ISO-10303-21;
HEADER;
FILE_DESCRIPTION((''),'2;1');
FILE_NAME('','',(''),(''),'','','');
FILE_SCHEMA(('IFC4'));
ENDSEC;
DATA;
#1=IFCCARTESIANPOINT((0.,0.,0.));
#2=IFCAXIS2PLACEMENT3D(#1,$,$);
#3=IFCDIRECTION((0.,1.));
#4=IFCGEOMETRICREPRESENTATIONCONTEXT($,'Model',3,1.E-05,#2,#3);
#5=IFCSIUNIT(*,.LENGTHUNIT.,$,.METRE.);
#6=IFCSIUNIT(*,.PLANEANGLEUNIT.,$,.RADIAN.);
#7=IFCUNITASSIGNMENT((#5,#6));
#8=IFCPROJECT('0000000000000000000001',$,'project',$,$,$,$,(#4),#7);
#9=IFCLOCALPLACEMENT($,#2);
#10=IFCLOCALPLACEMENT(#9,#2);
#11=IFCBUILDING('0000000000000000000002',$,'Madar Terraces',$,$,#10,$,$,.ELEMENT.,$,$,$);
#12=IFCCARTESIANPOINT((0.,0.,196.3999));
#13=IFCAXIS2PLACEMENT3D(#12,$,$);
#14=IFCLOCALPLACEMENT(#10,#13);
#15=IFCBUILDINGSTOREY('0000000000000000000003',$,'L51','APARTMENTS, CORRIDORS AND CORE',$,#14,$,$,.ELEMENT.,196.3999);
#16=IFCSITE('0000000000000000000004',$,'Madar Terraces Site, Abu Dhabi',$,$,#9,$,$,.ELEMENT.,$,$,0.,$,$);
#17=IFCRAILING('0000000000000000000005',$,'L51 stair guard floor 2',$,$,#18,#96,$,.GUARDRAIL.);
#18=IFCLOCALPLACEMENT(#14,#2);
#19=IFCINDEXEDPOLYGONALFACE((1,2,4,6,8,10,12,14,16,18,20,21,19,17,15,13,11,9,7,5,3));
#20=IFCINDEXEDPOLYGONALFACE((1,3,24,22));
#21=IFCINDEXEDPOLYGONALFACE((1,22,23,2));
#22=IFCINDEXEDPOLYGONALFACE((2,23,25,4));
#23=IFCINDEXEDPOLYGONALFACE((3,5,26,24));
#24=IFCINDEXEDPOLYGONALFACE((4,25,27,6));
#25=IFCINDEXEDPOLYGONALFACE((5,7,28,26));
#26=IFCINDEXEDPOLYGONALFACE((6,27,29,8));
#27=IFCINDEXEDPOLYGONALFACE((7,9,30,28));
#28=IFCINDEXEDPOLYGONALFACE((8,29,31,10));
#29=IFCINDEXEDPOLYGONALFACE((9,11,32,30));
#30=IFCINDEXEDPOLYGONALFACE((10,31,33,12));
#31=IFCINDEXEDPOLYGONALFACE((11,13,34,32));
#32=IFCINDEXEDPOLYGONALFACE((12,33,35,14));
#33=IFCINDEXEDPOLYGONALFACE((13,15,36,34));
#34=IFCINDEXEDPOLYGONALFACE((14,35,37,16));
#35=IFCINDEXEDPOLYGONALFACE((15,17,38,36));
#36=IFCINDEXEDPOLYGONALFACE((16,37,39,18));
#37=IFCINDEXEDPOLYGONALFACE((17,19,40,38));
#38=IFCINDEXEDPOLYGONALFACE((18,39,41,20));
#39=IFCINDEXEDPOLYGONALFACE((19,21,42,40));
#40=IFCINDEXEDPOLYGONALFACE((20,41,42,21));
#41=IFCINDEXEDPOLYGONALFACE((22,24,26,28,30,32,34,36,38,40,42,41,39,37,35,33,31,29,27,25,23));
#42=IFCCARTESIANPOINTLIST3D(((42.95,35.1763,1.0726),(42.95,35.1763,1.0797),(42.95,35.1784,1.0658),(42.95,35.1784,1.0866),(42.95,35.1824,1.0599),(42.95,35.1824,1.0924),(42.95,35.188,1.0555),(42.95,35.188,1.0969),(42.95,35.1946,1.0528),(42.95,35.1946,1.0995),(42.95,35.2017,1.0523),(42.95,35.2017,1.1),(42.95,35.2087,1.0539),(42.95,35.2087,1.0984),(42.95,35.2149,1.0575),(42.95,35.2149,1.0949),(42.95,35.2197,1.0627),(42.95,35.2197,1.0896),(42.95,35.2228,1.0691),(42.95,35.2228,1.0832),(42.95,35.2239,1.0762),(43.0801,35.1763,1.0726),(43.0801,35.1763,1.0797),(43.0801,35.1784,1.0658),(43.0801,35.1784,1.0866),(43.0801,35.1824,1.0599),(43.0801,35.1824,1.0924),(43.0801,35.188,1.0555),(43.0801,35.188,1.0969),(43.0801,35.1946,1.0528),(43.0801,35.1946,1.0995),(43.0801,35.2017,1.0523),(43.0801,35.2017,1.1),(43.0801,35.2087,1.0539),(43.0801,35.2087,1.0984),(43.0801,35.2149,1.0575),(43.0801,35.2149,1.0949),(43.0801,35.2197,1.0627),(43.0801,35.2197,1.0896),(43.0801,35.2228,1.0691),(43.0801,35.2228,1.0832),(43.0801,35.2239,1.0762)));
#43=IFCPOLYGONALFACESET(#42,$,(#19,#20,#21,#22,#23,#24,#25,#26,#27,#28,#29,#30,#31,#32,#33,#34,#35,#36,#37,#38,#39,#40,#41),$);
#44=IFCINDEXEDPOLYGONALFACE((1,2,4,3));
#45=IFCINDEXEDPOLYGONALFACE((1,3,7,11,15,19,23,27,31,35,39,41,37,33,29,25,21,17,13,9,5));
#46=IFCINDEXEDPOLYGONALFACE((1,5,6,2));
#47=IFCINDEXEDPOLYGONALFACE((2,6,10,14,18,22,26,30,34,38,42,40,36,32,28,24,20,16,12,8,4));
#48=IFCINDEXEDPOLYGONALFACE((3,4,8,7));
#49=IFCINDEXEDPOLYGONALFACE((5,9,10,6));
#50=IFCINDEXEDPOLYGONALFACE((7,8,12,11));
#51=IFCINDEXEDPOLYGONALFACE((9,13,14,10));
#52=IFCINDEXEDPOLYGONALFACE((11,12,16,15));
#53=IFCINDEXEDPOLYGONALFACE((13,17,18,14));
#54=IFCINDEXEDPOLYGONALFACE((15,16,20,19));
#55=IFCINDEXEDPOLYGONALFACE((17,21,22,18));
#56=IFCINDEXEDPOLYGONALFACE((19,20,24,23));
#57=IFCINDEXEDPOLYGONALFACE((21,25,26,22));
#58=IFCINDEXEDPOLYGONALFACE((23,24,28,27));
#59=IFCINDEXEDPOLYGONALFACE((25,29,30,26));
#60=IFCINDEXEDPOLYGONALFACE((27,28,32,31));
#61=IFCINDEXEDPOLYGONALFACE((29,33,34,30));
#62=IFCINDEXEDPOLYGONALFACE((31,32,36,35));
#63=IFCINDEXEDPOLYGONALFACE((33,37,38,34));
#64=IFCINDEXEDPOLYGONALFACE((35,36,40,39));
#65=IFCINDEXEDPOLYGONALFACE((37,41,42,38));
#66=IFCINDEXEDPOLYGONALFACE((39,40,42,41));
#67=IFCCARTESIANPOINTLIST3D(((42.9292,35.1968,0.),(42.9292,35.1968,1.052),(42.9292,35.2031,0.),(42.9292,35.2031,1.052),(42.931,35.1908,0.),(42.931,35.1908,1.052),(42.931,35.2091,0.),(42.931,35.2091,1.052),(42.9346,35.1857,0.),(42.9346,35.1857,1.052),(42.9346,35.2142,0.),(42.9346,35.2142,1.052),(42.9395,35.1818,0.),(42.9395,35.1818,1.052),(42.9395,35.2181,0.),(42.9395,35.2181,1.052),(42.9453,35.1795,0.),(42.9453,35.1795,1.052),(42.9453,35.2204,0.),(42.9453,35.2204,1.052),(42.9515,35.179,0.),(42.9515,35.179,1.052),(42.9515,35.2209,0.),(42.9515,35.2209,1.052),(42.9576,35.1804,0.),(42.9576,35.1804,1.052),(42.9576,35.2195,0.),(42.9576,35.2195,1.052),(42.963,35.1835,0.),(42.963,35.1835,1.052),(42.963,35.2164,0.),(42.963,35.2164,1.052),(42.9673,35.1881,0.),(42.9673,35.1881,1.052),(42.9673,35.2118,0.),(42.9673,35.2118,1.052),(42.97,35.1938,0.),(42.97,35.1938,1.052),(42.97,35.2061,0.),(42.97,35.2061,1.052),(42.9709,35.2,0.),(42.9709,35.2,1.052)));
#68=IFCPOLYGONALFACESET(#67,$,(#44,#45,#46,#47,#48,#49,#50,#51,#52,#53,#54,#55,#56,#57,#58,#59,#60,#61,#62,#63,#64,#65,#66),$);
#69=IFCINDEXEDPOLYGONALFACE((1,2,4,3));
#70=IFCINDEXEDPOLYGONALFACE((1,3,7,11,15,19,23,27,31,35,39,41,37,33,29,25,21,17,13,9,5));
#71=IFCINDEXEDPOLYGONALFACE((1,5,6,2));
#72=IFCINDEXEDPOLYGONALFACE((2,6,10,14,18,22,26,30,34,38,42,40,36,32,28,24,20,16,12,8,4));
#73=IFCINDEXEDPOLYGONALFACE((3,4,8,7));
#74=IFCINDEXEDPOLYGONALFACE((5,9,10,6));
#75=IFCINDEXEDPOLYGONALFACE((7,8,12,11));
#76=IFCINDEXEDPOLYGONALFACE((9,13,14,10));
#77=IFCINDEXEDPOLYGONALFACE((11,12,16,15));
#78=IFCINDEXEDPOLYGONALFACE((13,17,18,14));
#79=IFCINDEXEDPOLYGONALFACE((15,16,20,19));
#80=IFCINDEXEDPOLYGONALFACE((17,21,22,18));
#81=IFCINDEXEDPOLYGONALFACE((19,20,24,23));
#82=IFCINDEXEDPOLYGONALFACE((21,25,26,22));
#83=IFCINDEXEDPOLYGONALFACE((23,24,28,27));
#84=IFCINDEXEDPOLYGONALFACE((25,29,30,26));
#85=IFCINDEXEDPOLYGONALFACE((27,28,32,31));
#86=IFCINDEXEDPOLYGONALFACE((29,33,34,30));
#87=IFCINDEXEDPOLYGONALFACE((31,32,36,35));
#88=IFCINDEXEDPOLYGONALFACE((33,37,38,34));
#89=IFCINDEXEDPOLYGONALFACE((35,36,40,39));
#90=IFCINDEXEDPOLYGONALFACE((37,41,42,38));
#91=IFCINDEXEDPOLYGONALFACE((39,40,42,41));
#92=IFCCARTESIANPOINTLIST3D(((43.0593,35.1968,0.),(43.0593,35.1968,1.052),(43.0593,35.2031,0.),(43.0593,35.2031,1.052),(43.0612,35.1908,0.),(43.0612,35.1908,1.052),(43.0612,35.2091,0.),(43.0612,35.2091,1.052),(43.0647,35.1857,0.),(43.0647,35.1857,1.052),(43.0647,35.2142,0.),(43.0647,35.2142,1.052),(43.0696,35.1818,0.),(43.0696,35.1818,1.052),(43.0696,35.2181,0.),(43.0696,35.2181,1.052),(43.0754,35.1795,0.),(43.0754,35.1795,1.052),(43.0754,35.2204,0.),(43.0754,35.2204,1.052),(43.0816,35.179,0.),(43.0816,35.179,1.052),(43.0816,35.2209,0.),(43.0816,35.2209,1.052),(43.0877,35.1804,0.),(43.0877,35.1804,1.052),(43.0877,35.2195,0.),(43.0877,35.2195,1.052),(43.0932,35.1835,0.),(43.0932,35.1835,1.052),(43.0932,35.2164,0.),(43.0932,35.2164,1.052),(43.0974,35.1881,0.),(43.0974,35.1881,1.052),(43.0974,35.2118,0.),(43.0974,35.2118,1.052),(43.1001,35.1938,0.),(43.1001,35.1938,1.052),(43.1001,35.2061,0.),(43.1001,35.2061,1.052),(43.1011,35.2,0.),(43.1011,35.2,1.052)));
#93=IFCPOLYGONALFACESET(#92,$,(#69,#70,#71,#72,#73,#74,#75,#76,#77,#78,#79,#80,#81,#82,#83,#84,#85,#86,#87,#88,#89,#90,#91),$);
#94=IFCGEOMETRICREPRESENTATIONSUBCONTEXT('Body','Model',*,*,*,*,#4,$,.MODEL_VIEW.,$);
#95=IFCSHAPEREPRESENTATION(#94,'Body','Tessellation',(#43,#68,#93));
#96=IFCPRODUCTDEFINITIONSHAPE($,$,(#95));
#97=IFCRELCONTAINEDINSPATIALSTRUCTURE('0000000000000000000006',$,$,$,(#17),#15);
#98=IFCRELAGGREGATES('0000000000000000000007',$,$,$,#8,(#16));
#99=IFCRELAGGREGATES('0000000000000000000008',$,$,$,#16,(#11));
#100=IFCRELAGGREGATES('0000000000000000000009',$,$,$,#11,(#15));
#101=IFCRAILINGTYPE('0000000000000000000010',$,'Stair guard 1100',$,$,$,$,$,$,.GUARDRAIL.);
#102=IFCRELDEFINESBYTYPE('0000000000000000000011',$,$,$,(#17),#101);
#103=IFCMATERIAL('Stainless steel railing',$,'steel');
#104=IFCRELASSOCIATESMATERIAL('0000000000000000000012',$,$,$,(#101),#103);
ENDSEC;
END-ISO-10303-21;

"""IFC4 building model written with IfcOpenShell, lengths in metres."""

from ifc_helpers import new_model, si_unit, direction, frame, origin, origin_2d, place, context, subcontext, project, spatial, circle, extrude, material, type_object, element, save


model = new_model("IFC4")

# Units and contexts
model_context = context("Model", 3, precision=1e-05, world=origin(), true_north=direction((0.0, 1.0)))
body_context = subcontext(model_context, "Body", "Model", "MODEL_VIEW")
ifc_project = project(units=[si_unit("LENGTHUNIT", "METRE"), si_unit("PLANEANGLEUNIT", "RADIAN")], contexts=[model_context])

# Site, building, storey
site_placement = place(None, origin())
site = spatial("IfcSite", under=ifc_project, at=site_placement, Name="Madar Terraces Site, Abu Dhabi", CompositionType="ELEMENT", RefElevation=0.0)
building_placement = place(site_placement, origin())
building = spatial("IfcBuilding", under=site, at=building_placement, Name="Madar Terraces", CompositionType="ELEMENT")
storey_placement = place(building_placement, frame((0.0, 0.0, 196.3999)))
storey = spatial("IfcBuildingStorey", under=building, at=storey_placement, Name="L51", Description="APARTMENTS, CORRIDORS AND CORE", CompositionType="ELEMENT", Elevation=196.3999)

# Railing
ifc_material_1 = material(Name="Stainless steel railing", Category="steel")
railing_type_1 = type_object("IfcRailingType", Name="Stair guard 1100", PredefinedType="GUARDRAIL", material=ifc_material_1)
railing_1_placement = place(storey_placement, frame((42.95, 35.2, 0.0)))
element("IfcRailing", 1, at=railing_1_placement, inside=storey, type_object=railing_type_1, Name="L51 stair guard floor 2", PredefinedType="GUARDRAIL", context=body_context, shape_type="SweptSolid", body=[
    extrude(circle(Radius=0.0239, at=origin_2d()), frame((0.0, 0.0, 1.0762), z_axis=(1.0, 0.0, 0.0), x_axis=(0.0, 1.0, 0.0)), (0.0, 0.0, 1.0), 0.1301),
    extrude(circle(Radius=0.021, at=origin_2d()), origin(), (0.0, 0.0, 1.0), 1.052),
    extrude(circle(Radius=0.021, at=origin_2d()), frame((0.1301, 0.0, 0.0)), (0.0, 0.0, 1.0), 1.052),
])

save(model, "model.ifc")
